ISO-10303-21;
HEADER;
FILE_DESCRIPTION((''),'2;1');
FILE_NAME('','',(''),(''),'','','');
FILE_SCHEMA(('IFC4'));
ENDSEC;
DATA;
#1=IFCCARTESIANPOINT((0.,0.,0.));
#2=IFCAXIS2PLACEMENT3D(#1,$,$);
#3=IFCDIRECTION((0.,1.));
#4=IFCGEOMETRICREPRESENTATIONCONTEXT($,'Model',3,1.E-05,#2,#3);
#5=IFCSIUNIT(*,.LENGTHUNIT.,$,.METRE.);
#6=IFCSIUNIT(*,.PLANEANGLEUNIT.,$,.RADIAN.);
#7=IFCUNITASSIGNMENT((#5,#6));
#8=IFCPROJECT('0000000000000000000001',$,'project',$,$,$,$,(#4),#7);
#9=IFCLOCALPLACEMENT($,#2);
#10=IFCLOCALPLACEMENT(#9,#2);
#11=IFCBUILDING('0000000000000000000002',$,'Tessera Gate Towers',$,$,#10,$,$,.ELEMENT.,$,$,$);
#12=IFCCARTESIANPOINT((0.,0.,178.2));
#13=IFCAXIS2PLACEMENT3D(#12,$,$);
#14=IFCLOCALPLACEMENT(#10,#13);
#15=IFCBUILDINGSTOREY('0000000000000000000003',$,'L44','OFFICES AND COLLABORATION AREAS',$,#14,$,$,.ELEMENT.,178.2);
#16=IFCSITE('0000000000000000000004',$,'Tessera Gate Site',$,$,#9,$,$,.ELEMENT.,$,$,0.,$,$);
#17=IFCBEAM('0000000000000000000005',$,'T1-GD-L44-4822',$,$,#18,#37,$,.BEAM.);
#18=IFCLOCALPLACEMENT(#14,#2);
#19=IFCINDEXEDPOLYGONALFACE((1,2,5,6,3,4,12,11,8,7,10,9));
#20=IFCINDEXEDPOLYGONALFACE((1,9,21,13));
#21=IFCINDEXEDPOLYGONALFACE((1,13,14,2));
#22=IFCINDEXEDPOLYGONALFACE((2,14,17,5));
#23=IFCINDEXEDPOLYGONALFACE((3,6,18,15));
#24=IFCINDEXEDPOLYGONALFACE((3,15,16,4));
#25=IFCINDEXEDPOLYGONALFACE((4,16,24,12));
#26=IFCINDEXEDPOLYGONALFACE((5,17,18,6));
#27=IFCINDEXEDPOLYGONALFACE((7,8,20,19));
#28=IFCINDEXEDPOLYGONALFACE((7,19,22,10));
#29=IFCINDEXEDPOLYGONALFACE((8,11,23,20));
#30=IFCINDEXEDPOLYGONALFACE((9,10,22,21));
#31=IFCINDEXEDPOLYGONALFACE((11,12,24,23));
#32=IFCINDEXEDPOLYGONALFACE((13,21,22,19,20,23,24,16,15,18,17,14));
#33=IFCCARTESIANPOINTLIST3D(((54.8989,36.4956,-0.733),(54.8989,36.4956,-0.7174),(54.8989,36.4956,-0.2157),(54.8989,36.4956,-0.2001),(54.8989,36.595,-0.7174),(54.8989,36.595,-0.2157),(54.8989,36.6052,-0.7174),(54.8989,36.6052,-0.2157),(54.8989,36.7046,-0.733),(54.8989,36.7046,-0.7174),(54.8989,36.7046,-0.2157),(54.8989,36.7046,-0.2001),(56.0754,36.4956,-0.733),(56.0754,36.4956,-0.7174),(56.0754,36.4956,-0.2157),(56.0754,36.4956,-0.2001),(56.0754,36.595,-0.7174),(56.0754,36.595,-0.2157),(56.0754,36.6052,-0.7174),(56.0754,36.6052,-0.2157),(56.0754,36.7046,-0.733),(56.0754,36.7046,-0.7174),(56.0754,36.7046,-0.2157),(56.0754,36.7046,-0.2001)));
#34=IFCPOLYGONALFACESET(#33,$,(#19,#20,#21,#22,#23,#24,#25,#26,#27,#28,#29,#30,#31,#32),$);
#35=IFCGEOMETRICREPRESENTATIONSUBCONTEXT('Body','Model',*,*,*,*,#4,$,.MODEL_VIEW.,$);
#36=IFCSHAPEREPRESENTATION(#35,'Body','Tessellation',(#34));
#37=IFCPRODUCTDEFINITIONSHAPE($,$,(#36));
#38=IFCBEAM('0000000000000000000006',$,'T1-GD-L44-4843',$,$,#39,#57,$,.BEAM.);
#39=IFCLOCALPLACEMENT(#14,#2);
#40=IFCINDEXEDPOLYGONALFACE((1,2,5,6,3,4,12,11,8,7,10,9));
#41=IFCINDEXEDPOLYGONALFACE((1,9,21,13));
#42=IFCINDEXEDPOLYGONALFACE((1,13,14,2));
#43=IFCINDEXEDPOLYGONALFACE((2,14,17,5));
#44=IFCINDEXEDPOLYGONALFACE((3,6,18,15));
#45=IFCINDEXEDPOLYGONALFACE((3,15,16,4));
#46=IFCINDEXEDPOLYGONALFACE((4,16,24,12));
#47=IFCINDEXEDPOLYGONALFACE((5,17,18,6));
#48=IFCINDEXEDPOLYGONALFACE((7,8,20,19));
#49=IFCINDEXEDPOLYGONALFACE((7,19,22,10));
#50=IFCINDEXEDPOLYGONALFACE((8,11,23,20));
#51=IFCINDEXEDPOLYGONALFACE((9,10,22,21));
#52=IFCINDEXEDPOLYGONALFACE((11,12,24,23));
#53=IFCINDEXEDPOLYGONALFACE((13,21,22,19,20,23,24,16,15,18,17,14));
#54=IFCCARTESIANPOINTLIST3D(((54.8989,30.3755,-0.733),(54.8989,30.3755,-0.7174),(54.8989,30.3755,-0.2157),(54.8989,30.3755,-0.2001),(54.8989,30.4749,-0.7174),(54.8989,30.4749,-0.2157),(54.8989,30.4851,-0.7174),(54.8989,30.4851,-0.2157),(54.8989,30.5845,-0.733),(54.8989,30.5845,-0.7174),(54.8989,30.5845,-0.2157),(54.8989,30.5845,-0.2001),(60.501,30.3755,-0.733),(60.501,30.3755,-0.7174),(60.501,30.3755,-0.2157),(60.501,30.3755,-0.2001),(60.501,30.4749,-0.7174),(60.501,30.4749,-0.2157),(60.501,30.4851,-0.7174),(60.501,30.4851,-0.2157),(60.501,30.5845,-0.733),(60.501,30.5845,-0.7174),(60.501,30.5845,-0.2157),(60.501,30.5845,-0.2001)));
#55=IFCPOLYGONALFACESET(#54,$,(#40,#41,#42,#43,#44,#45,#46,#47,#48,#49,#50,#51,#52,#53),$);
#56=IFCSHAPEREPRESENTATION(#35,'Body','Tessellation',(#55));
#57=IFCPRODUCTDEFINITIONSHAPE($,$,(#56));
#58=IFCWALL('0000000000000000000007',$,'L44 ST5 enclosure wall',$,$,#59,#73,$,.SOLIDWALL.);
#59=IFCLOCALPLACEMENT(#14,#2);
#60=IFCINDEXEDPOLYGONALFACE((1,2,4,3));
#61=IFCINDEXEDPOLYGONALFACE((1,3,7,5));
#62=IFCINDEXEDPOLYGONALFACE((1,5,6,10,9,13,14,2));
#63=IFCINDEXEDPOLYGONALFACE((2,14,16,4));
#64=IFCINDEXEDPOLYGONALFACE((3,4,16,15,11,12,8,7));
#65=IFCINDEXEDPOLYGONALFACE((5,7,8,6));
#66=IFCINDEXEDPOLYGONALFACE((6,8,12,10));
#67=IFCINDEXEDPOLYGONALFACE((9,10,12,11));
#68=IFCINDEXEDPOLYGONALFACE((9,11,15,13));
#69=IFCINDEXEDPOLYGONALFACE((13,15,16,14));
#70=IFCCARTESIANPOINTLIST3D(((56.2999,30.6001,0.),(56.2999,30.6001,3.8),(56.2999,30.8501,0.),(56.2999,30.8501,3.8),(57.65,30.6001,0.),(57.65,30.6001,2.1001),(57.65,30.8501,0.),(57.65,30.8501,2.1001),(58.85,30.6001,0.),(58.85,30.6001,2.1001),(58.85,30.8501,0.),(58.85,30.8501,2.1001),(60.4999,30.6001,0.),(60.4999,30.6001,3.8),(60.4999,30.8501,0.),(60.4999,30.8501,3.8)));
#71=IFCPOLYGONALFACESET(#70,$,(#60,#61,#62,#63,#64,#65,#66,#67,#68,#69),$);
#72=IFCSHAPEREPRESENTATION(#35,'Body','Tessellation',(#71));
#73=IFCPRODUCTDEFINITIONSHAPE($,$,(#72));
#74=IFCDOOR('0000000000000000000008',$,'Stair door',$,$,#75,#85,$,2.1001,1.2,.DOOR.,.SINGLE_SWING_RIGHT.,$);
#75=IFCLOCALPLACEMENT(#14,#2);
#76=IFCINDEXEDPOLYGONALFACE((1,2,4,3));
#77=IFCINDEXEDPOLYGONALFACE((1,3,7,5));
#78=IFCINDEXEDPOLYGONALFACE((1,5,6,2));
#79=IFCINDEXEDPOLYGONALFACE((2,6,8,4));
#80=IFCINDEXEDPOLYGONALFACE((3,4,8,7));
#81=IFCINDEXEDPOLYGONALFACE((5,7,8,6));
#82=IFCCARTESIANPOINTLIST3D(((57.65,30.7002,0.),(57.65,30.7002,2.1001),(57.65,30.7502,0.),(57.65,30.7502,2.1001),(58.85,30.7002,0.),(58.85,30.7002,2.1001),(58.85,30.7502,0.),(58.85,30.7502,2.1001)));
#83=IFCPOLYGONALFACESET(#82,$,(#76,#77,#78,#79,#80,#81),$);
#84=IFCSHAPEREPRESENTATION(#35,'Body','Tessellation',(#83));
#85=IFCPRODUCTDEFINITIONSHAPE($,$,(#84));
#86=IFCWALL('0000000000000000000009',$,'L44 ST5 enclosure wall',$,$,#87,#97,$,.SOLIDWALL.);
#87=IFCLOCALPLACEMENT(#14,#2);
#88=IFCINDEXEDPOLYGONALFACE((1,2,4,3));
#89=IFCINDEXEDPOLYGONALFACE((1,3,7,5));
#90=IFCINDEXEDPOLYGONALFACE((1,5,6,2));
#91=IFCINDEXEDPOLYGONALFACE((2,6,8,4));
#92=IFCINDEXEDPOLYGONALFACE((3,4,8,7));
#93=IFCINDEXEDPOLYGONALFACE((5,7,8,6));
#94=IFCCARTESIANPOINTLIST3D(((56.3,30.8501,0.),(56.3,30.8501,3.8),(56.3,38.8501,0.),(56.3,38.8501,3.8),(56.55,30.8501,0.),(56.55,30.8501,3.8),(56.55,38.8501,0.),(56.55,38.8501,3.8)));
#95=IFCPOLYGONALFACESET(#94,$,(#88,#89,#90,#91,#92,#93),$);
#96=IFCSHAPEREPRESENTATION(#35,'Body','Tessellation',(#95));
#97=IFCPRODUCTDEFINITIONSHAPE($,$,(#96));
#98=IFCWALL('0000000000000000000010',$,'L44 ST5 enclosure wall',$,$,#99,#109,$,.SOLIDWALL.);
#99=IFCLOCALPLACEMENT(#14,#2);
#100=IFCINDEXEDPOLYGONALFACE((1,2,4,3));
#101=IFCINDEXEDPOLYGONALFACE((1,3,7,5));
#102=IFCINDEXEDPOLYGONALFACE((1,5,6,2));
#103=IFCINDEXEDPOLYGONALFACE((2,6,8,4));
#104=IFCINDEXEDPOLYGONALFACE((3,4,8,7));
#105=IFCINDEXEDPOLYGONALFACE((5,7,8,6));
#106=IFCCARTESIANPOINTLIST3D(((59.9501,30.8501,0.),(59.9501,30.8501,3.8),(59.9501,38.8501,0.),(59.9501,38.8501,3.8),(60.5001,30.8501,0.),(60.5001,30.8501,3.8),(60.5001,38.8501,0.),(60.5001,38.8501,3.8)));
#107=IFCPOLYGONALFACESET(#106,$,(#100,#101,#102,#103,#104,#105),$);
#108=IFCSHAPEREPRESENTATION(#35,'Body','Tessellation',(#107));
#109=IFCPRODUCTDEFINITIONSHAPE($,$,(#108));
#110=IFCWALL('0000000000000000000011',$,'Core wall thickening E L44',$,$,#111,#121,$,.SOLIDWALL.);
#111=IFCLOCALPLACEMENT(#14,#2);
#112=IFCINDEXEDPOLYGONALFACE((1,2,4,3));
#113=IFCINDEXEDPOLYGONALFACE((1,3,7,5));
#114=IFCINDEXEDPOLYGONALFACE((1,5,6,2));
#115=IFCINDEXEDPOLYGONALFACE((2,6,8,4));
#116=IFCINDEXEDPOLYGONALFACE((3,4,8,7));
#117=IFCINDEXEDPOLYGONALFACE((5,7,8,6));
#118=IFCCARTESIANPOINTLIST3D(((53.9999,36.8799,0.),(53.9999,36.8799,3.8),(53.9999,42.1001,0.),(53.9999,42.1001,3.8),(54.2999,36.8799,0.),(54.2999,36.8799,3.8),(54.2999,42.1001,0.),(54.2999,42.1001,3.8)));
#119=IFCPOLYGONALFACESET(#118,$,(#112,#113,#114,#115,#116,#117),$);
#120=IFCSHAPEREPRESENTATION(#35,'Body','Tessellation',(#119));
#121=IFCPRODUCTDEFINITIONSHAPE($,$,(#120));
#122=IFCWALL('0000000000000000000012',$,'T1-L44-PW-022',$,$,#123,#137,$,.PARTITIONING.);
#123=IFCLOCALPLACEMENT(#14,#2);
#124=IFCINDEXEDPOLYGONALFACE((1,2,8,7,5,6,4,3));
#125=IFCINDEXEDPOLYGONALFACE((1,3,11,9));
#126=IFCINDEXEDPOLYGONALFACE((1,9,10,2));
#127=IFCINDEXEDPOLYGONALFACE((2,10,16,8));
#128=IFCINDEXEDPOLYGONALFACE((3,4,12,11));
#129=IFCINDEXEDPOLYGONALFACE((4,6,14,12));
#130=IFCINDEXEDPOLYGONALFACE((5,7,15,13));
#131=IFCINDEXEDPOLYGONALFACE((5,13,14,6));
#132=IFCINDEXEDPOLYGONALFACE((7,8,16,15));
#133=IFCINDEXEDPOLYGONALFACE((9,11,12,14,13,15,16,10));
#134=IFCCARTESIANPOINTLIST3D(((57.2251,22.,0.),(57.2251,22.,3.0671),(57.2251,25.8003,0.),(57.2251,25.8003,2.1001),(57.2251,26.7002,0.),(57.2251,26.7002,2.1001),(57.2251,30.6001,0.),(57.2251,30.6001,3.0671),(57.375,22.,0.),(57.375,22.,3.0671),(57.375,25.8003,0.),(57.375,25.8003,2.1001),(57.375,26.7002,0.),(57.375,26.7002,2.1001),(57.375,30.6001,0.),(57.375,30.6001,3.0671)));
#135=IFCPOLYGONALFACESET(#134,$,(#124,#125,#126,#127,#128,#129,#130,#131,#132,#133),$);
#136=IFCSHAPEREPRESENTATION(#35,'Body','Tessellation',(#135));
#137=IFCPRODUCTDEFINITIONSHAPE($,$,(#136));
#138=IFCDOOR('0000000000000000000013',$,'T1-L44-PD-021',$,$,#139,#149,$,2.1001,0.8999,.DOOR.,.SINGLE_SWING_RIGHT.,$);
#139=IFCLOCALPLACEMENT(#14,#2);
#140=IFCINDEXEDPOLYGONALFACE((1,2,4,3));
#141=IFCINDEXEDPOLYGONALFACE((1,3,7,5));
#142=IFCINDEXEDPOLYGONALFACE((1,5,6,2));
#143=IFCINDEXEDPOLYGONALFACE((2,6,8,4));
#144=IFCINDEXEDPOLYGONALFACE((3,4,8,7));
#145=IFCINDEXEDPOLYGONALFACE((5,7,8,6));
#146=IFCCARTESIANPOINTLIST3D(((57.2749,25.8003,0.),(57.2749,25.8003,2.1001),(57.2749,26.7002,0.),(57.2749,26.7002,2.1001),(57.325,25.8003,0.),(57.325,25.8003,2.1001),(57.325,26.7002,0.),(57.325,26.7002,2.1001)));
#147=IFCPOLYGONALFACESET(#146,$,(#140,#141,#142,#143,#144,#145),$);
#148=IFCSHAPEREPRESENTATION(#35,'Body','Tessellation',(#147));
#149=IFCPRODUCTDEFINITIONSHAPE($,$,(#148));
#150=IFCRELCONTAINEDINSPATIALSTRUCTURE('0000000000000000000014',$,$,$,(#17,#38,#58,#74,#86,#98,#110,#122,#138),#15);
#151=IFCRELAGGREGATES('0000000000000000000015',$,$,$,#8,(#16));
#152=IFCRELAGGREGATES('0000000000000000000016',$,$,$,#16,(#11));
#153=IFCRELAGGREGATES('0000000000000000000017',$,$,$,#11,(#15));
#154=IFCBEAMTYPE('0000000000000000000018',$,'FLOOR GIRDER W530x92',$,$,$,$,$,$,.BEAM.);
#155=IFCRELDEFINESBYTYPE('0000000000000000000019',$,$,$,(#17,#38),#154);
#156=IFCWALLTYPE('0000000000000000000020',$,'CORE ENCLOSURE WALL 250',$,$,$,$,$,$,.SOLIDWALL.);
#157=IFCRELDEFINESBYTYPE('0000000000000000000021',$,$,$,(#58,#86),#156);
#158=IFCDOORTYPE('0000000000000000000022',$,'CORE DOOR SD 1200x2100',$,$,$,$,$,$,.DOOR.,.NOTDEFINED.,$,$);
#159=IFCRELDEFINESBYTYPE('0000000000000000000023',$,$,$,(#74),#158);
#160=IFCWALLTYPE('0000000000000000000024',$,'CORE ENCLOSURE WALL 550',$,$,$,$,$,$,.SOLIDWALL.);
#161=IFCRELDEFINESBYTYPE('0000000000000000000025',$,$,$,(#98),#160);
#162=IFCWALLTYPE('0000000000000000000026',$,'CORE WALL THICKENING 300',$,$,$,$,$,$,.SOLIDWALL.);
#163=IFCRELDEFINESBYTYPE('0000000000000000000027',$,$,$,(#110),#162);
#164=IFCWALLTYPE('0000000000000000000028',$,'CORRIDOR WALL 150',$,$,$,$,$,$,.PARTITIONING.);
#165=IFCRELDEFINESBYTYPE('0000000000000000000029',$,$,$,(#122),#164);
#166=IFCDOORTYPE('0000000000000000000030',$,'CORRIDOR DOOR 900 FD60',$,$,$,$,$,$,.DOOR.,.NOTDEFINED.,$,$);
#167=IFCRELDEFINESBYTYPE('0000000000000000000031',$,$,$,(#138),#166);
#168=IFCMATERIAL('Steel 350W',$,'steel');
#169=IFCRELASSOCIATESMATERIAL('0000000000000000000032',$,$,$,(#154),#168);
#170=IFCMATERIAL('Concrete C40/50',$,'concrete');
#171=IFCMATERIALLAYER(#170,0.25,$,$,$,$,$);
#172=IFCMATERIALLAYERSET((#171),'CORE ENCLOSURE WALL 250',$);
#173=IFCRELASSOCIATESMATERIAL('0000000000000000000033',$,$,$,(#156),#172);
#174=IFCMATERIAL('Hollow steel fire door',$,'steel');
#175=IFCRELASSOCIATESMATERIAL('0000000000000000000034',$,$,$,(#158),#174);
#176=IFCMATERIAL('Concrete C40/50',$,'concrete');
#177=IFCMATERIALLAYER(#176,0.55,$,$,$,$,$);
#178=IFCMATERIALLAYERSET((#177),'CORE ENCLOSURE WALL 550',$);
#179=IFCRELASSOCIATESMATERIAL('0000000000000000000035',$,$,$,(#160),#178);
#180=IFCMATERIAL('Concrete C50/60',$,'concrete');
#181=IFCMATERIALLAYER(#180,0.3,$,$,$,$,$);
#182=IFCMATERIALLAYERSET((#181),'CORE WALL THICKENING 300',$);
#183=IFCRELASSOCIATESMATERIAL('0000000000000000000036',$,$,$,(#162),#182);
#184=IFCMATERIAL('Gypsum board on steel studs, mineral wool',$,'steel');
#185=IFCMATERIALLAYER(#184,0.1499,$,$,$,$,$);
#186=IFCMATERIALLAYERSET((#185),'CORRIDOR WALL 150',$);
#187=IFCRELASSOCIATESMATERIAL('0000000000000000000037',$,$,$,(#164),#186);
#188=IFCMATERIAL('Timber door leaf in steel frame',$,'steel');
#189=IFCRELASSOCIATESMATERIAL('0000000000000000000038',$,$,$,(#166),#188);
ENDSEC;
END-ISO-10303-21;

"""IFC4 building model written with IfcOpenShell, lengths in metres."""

from ifc_helpers import new_model, si_unit, direction, frame, frame_2d, origin, origin_2d, place, context, subcontext, project, spatial, rectangle, i_section, extrude, source, transform, mapped, material, layer, layer_set, material_profile, profile_set, type_object, element, fill, save


model = new_model("IFC4")

# Units and contexts
model_context = context("Model", 3, precision=1e-05, world=origin(), true_north=direction((0.0, 1.0)))
body_context = subcontext(model_context, "Body", "Model", "MODEL_VIEW")
ifc_project = project(units=[si_unit("LENGTHUNIT", "METRE"), si_unit("PLANEANGLEUNIT", "RADIAN")], contexts=[model_context])

# Site, building, storey
site_placement = place(None, origin())
site = spatial("IfcSite", under=ifc_project, at=site_placement, Name="Tessera Gate Site", CompositionType="ELEMENT", RefElevation=0.0)
building_placement = place(site_placement, origin())
building = spatial("IfcBuilding", under=site, at=building_placement, Name="Tessera Gate Towers", CompositionType="ELEMENT")
storey_placement = place(building_placement, frame((0.0, 0.0, 178.2)))
storey = spatial("IfcBuildingStorey", under=building, at=storey_placement, Name="L44", Description="OFFICES AND COLLABORATION AREAS", CompositionType="ELEMENT", Elevation=178.2)

# Beams
ifc_material_1 = material(Name="Steel 350W", Category="steel")
ifc_material_profile = material_profile(ifc_material_1, i_section(OverallWidth=0.209, OverallDepth=0.533, WebThickness=0.0103, FlangeThickness=0.0156, at=origin_2d()), Name="W530x92")
ifc_profile_set = profile_set([ifc_material_profile], Name="Steel 350W")
beam_type = type_object("IfcBeamType", Name="FLOOR GIRDER W530x92", PredefinedType="BEAM", material=ifc_profile_set)
beam_1_placement = place(storey_placement, frame((54.8989, 36.6001, -0.4666), z_axis=(1.0, 0.0, 0.0), x_axis=(0.0, 1.0, 0.0)))
element("IfcBeam", 1, at=beam_1_placement, inside=storey, type_object=beam_type, Name="T1-GD-L44-4822", PredefinedType="BEAM", context=body_context, shape_type="SweptSolid", body=[
    extrude(i_section(OverallWidth=0.209, OverallDepth=0.533, WebThickness=0.0103, FlangeThickness=0.0156, at=origin_2d()), origin(), (0.0, 0.0, 1.0), 1.1765),
])
beam_2_placement = place(storey_placement, frame((54.8989, 30.48, -0.4666), z_axis=(1.0, 0.0, 0.0), x_axis=(0.0, 1.0, 0.0)))
element("IfcBeam", 2, at=beam_2_placement, inside=storey, type_object=beam_type, Name="T1-GD-L44-4843", PredefinedType="BEAM", context=body_context, shape_type="SweptSolid", body=[
    extrude(i_section(OverallWidth=0.209, OverallDepth=0.533, WebThickness=0.0103, FlangeThickness=0.0156, at=origin_2d()), origin(), (0.0, 0.0, 1.0), 5.6021),
])

# Wall, opening, door
ifc_material_2 = material(Name="Concrete C40/50", Category="concrete")
ifc_layer_1 = layer(ifc_material_2, 0.25)
ifc_layer_set_1 = layer_set([ifc_layer_1], Name="CORE ENCLOSURE WALL 250")
wall_type_1 = type_object("IfcWallType", Name="CORE ENCLOSURE WALL 250", PredefinedType="SOLIDWALL", material=ifc_layer_set_1)
wall_1_placement = place(storey_placement, frame((60.5, 30.7251, 0.0), z_axis=(0.0, 0.0, 1.0), x_axis=(-1.0, 0.0, 0.0)))
wall_1 = element("IfcWall", 3, at=wall_1_placement, inside=storey, type_object=wall_type_1, Name="L44 ST5 enclosure wall", PredefinedType="SOLIDWALL", context=body_context, shape_type="SweptSolid", body=[
    extrude(rectangle(XDim=4.2, YDim=0.25, at=frame_2d((2.1001, 0.0))), origin(), (0.0, 0.0, 1.0), 3.8),
])
shared_shape_1 = source(origin(), body_context, "Body", "SweptSolid", [
    extrude(rectangle(XDim=1.2, YDim=2.1001, at=frame_2d((0.6001, 1.05))), frame((0.0, 0.135, 0.0), z_axis=(0.0, -1.0, 0.0), x_axis=(1.0, 0.0, 0.0)), (0.0, 0.0, 1.0), 0.27),
])
opening_1_placement = place(wall_1_placement, frame((1.6499, 0.0, 0.0)))
opening_1 = element("IfcOpeningElement", 4, at=opening_1_placement, cuts=wall_1, PredefinedType="OPENING", context=body_context, shape_type="MappedRepresentation", body=[
    mapped(shared_shape_1, transform((0.0, 0.0, 0.0), scale=1.0)),
])
ifc_material_3 = material(Name="Hollow steel fire door", Category="steel")
door_type_1 = type_object("IfcDoorType", Name="CORE DOOR SD 1200x2100", OperationType="NOTDEFINED", PredefinedType="DOOR", material=ifc_material_3)
shared_shape_2 = source(origin(), body_context, "Body", "SweptSolid", [
    extrude(rectangle(XDim=1.2, YDim=2.1001, at=frame_2d((0.6001, 1.05))), frame((0.0, 0.0249, 0.0), z_axis=(0.0, -1.0, 0.0), x_axis=(1.0, 0.0, 0.0)), (0.0, 0.0, 1.0), 0.05),
])
door_1_placement = place(opening_1_placement, origin())
door_1 = element("IfcDoor", 5, at=door_1_placement, inside=storey, type_object=door_type_1, Name="Stair door", OperationType="SINGLE_SWING_RIGHT", OverallHeight=2.1001, OverallWidth=1.2, PredefinedType="DOOR", context=body_context, shape_type="MappedRepresentation", body=[
    mapped(shared_shape_2, transform((0.0, 0.0, 0.0), scale=1.0)),
])
fill(opening_1, door_1)

# Walls
wall_2_placement = place(storey_placement, frame((56.425, 30.8501, 0.0), z_axis=(0.0, 0.0, 1.0), x_axis=(0.0, 1.0, 0.0)))
element("IfcWall", 6, at=wall_2_placement, inside=storey, type_object=wall_type_1, Name="L44 ST5 enclosure wall", PredefinedType="SOLIDWALL", context=body_context, shape_type="SweptSolid", body=[
    extrude(rectangle(XDim=8.0, YDim=0.25, at=frame_2d((4.0, 0.0))), origin(), (0.0, 0.0, 1.0), 3.8),
])
ifc_material_4 = material(Name="Concrete C40/50", Category="concrete")
ifc_layer_2 = layer(ifc_material_4, 0.55)
ifc_layer_set_2 = layer_set([ifc_layer_2], Name="CORE ENCLOSURE WALL 550")
wall_type_2 = type_object("IfcWallType", Name="CORE ENCLOSURE WALL 550", PredefinedType="SOLIDWALL", material=ifc_layer_set_2)
wall_3_placement = place(storey_placement, frame((60.2251, 38.8501, 0.0), z_axis=(0.0, 0.0, 1.0), x_axis=(0.0, -1.0, 0.0)))
element("IfcWall", 7, at=wall_3_placement, inside=storey, type_object=wall_type_2, Name="L44 ST5 enclosure wall", PredefinedType="SOLIDWALL", context=body_context, shape_type="SweptSolid", body=[
    extrude(rectangle(XDim=8.0, YDim=0.55, at=frame_2d((4.0, 0.0))), origin(), (0.0, 0.0, 1.0), 3.8),
])
ifc_material_5 = material(Name="Concrete C50/60", Category="concrete")
ifc_layer_3 = layer(ifc_material_5, 0.3)
ifc_layer_set_3 = layer_set([ifc_layer_3], Name="CORE WALL THICKENING 300")
wall_type_3 = type_object("IfcWallType", Name="CORE WALL THICKENING 300", PredefinedType="SOLIDWALL", material=ifc_layer_set_3)
wall_4_placement = place(storey_placement, frame((54.1499, 36.8799, 0.0), z_axis=(0.0, 0.0, 1.0), x_axis=(0.0, 1.0, 0.0)))
element("IfcWall", 8, at=wall_4_placement, inside=storey, type_object=wall_type_3, Name="Core wall thickening E L44", PredefinedType="SOLIDWALL", context=body_context, shape_type="SweptSolid", body=[
    extrude(rectangle(XDim=5.2202, YDim=0.3, at=frame_2d((2.6101, 0.0))), origin(), (0.0, 0.0, 1.0), 3.8),
])

# Wall, opening, door
ifc_material_6 = material(Name="Gypsum board on steel studs, mineral wool", Category="steel")
ifc_layer_4 = layer(ifc_material_6, 0.1499)
ifc_layer_set_4 = layer_set([ifc_layer_4], Name="CORRIDOR WALL 150")
wall_type_4 = type_object("IfcWallType", Name="CORRIDOR WALL 150", PredefinedType="PARTITIONING", material=ifc_layer_set_4)
wall_5_placement = place(storey_placement, frame((57.3, 30.6001, 0.0), z_axis=(0.0, 0.0, 1.0), x_axis=(0.0, -1.0, 0.0)))
wall_5 = element("IfcWall", 9, at=wall_5_placement, inside=storey, type_object=wall_type_4, Name="T1-L44-PW-022", PredefinedType="PARTITIONING", context=body_context, shape_type="SweptSolid", body=[
    extrude(rectangle(XDim=8.6001, YDim=0.1499, at=frame_2d((4.3, 0.0))), origin(), (0.0, 0.0, 1.0), 3.0671),
])
shared_shape_3 = source(origin(), body_context, "Body", "SweptSolid", [
    extrude(rectangle(XDim=0.8999, YDim=2.1001, at=frame_2d((0.45, 1.05))), frame((0.0, 0.085, 0.0), z_axis=(0.0, -1.0, 0.0), x_axis=(1.0, 0.0, 0.0)), (0.0, 0.0, 1.0), 0.1699),
])
opening_2_placement = place(wall_5_placement, frame((3.8999, 0.0, 0.0)))
opening_2 = element("IfcOpeningElement", 10, at=opening_2_placement, cuts=wall_5, PredefinedType="OPENING", context=body_context, shape_type="MappedRepresentation", body=[
    mapped(shared_shape_3, transform((0.0, 0.0, 0.0), scale=1.0)),
])
ifc_material_7 = material(Name="Timber door leaf in steel frame", Category="steel")
door_type_2 = type_object("IfcDoorType", Name="CORRIDOR DOOR 900 FD60", OperationType="NOTDEFINED", PredefinedType="DOOR", material=ifc_material_7)
shared_shape_4 = source(origin(), body_context, "Body", "SweptSolid", [
    extrude(rectangle(XDim=0.8999, YDim=2.1001, at=frame_2d((0.45, 1.05))), frame((0.0, 0.0249, 0.0), z_axis=(0.0, -1.0, 0.0), x_axis=(1.0, 0.0, 0.0)), (0.0, 0.0, 1.0), 0.05),
])
door_2_placement = place(opening_2_placement, origin())
door_2 = element("IfcDoor", 11, at=door_2_placement, inside=storey, type_object=door_type_2, Name="T1-L44-PD-021", OperationType="SINGLE_SWING_RIGHT", OverallHeight=2.1001, OverallWidth=0.8999, PredefinedType="DOOR", context=body_context, shape_type="MappedRepresentation", body=[
    mapped(shared_shape_4, transform((0.0, 0.0, 0.0), scale=1.0)),
])
fill(opening_2, door_2)

save(model, "model.ifc")
